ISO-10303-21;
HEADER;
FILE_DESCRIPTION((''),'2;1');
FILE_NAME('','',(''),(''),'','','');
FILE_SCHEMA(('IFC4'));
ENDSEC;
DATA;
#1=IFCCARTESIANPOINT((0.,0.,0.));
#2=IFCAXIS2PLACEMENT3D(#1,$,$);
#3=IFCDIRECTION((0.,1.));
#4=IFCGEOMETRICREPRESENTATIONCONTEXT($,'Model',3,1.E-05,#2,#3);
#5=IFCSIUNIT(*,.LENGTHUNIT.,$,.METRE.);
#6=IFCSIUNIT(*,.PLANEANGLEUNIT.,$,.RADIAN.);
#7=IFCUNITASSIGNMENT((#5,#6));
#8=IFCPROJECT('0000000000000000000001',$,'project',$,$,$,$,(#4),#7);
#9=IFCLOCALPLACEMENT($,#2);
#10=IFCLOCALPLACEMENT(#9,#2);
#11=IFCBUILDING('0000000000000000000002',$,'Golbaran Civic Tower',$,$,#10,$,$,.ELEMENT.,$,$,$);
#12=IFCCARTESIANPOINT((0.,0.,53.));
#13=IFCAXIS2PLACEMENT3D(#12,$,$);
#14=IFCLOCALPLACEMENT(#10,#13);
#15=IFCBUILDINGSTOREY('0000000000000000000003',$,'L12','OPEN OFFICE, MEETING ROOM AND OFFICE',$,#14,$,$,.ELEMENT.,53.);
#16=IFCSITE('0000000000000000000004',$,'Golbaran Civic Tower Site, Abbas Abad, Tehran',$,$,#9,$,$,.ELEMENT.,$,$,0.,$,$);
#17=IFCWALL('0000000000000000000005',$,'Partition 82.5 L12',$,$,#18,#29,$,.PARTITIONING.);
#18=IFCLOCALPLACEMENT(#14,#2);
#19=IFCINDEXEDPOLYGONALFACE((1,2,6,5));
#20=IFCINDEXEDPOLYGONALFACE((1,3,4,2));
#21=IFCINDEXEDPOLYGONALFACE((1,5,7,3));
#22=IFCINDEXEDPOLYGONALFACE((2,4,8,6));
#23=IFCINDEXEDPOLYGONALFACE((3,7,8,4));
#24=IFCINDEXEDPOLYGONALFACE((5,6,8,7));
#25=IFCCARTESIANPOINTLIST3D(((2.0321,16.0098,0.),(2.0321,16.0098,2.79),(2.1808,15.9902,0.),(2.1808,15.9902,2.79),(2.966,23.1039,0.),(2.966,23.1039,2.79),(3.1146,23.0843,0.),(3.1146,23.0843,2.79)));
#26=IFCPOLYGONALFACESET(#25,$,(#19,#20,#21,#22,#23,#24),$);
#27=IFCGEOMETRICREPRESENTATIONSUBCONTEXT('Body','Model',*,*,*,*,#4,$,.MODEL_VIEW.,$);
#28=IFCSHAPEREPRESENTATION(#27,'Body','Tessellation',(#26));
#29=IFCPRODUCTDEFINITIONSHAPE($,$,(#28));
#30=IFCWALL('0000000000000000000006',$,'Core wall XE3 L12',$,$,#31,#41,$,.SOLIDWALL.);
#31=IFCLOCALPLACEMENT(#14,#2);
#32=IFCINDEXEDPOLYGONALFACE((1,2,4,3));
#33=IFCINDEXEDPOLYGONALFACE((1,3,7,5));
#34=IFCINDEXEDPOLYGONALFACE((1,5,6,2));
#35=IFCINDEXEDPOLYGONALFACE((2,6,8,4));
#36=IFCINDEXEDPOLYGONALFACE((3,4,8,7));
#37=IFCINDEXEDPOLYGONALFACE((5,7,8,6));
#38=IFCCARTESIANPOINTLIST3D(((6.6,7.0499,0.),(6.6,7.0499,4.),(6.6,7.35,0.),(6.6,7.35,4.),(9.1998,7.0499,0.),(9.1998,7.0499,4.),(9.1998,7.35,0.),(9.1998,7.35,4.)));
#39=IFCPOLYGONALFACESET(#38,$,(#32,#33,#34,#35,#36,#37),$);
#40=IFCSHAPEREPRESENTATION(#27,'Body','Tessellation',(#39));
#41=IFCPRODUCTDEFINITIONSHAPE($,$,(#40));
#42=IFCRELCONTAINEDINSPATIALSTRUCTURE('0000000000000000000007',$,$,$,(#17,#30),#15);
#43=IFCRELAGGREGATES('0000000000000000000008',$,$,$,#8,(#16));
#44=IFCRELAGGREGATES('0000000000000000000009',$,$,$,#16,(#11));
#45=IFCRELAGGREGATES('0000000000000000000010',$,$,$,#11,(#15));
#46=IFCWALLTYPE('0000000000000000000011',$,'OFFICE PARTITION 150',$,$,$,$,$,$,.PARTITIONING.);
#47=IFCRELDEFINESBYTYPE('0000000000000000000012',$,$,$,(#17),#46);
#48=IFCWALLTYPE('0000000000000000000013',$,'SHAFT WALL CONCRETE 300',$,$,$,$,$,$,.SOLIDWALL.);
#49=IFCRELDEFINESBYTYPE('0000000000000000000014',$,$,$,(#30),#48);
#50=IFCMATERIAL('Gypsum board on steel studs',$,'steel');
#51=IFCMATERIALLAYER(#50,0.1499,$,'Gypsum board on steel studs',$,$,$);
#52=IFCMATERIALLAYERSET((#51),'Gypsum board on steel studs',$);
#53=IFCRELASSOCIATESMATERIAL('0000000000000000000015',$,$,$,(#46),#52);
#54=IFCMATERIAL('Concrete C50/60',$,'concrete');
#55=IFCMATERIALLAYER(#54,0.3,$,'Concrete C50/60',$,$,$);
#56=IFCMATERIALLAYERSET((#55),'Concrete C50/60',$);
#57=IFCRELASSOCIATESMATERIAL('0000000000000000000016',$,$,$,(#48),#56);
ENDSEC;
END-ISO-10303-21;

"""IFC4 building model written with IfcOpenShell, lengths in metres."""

from ifc_helpers import new_model, si_unit, direction, frame, frame_2d, origin, place, context, subcontext, project, spatial, rectangle, extrude, material, layer, layer_set, type_object, element, save


model = new_model("IFC4")

# Units and contexts
model_context = context("Model", 3, precision=1e-05, world=origin(), true_north=direction((0.0, 1.0)))
body_context = subcontext(model_context, "Body", "Model", "MODEL_VIEW")
ifc_project = project(units=[si_unit("LENGTHUNIT", "METRE"), si_unit("PLANEANGLEUNIT", "RADIAN")], contexts=[model_context])

# Site, building, storey
site_placement = place(None, origin())
site = spatial("IfcSite", under=ifc_project, at=site_placement, Name="Golbaran Civic Tower Site, Abbas Abad, Tehran", CompositionType="ELEMENT", RefElevation=0.0)
building_placement = place(site_placement, origin())
building = spatial("IfcBuilding", under=site, at=building_placement, Name="Golbaran Civic Tower", CompositionType="ELEMENT")
storey_placement = place(building_placement, frame((0.0, 0.0, 53.0)))
storey = spatial("IfcBuildingStorey", under=building, at=storey_placement, Name="L12", Description="OPEN OFFICE, MEETING ROOM AND OFFICE", CompositionType="ELEMENT", Elevation=53.0)

# Shared definitions
ifc_material_1 = material(Name="Concrete C50/60", Category="concrete")

# Walls
ifc_material_2 = material(Name="Gypsum board on steel studs", Category="steel")
ifc_layer_1 = layer(ifc_material_2, 0.1499, Name="Gypsum board on steel studs")
ifc_layer_set_1 = layer_set([ifc_layer_1], Name="Gypsum board on steel studs")
wall_type_1 = type_object("IfcWallType", Name="OFFICE PARTITION 150", PredefinedType="PARTITIONING", material=ifc_layer_set_1)
wall_1_placement = place(storey_placement, frame((2.1064, 16.0, 0.0), z_axis=(0.0, 0.0, 1.0), x_axis=(0.130512, 0.991447, 0.0)))
element("IfcWall", 1, at=wall_1_placement, inside=storey, type_object=wall_type_1, Name="Partition 82.5 L12", PredefinedType="PARTITIONING", context=body_context, shape_type="SweptSolid", body=[
    extrude(rectangle(XDim=7.1553, YDim=0.1499, at=frame_2d((3.5776, 0.0))), origin(), (0.0, 0.0, 1.0), 2.79),
])
ifc_layer_2 = layer(ifc_material_1, 0.3, Name="Concrete C50/60")
ifc_layer_set_2 = layer_set([ifc_layer_2], Name="Concrete C50/60")
wall_type_2 = type_object("IfcWallType", Name="SHAFT WALL CONCRETE 300", PredefinedType="SOLIDWALL", material=ifc_layer_set_2)
wall_2_placement = place(storey_placement, frame((6.6001, 7.2, 0.0), z_axis=(0.0, 0.0, 1.0), x_axis=(1.0, 0.0, 0.0)))
element("IfcWall", 2, at=wall_2_placement, inside=storey, type_object=wall_type_2, Name="Core wall XE3 L12", PredefinedType="SOLIDWALL", context=body_context, shape_type="SweptSolid", body=[
    extrude(rectangle(XDim=2.5999, YDim=0.3, at=frame_2d((1.2998, 0.0))), origin(), (0.0, 0.0, 1.0), 4.0),
])

save(model, "model.ifc")
